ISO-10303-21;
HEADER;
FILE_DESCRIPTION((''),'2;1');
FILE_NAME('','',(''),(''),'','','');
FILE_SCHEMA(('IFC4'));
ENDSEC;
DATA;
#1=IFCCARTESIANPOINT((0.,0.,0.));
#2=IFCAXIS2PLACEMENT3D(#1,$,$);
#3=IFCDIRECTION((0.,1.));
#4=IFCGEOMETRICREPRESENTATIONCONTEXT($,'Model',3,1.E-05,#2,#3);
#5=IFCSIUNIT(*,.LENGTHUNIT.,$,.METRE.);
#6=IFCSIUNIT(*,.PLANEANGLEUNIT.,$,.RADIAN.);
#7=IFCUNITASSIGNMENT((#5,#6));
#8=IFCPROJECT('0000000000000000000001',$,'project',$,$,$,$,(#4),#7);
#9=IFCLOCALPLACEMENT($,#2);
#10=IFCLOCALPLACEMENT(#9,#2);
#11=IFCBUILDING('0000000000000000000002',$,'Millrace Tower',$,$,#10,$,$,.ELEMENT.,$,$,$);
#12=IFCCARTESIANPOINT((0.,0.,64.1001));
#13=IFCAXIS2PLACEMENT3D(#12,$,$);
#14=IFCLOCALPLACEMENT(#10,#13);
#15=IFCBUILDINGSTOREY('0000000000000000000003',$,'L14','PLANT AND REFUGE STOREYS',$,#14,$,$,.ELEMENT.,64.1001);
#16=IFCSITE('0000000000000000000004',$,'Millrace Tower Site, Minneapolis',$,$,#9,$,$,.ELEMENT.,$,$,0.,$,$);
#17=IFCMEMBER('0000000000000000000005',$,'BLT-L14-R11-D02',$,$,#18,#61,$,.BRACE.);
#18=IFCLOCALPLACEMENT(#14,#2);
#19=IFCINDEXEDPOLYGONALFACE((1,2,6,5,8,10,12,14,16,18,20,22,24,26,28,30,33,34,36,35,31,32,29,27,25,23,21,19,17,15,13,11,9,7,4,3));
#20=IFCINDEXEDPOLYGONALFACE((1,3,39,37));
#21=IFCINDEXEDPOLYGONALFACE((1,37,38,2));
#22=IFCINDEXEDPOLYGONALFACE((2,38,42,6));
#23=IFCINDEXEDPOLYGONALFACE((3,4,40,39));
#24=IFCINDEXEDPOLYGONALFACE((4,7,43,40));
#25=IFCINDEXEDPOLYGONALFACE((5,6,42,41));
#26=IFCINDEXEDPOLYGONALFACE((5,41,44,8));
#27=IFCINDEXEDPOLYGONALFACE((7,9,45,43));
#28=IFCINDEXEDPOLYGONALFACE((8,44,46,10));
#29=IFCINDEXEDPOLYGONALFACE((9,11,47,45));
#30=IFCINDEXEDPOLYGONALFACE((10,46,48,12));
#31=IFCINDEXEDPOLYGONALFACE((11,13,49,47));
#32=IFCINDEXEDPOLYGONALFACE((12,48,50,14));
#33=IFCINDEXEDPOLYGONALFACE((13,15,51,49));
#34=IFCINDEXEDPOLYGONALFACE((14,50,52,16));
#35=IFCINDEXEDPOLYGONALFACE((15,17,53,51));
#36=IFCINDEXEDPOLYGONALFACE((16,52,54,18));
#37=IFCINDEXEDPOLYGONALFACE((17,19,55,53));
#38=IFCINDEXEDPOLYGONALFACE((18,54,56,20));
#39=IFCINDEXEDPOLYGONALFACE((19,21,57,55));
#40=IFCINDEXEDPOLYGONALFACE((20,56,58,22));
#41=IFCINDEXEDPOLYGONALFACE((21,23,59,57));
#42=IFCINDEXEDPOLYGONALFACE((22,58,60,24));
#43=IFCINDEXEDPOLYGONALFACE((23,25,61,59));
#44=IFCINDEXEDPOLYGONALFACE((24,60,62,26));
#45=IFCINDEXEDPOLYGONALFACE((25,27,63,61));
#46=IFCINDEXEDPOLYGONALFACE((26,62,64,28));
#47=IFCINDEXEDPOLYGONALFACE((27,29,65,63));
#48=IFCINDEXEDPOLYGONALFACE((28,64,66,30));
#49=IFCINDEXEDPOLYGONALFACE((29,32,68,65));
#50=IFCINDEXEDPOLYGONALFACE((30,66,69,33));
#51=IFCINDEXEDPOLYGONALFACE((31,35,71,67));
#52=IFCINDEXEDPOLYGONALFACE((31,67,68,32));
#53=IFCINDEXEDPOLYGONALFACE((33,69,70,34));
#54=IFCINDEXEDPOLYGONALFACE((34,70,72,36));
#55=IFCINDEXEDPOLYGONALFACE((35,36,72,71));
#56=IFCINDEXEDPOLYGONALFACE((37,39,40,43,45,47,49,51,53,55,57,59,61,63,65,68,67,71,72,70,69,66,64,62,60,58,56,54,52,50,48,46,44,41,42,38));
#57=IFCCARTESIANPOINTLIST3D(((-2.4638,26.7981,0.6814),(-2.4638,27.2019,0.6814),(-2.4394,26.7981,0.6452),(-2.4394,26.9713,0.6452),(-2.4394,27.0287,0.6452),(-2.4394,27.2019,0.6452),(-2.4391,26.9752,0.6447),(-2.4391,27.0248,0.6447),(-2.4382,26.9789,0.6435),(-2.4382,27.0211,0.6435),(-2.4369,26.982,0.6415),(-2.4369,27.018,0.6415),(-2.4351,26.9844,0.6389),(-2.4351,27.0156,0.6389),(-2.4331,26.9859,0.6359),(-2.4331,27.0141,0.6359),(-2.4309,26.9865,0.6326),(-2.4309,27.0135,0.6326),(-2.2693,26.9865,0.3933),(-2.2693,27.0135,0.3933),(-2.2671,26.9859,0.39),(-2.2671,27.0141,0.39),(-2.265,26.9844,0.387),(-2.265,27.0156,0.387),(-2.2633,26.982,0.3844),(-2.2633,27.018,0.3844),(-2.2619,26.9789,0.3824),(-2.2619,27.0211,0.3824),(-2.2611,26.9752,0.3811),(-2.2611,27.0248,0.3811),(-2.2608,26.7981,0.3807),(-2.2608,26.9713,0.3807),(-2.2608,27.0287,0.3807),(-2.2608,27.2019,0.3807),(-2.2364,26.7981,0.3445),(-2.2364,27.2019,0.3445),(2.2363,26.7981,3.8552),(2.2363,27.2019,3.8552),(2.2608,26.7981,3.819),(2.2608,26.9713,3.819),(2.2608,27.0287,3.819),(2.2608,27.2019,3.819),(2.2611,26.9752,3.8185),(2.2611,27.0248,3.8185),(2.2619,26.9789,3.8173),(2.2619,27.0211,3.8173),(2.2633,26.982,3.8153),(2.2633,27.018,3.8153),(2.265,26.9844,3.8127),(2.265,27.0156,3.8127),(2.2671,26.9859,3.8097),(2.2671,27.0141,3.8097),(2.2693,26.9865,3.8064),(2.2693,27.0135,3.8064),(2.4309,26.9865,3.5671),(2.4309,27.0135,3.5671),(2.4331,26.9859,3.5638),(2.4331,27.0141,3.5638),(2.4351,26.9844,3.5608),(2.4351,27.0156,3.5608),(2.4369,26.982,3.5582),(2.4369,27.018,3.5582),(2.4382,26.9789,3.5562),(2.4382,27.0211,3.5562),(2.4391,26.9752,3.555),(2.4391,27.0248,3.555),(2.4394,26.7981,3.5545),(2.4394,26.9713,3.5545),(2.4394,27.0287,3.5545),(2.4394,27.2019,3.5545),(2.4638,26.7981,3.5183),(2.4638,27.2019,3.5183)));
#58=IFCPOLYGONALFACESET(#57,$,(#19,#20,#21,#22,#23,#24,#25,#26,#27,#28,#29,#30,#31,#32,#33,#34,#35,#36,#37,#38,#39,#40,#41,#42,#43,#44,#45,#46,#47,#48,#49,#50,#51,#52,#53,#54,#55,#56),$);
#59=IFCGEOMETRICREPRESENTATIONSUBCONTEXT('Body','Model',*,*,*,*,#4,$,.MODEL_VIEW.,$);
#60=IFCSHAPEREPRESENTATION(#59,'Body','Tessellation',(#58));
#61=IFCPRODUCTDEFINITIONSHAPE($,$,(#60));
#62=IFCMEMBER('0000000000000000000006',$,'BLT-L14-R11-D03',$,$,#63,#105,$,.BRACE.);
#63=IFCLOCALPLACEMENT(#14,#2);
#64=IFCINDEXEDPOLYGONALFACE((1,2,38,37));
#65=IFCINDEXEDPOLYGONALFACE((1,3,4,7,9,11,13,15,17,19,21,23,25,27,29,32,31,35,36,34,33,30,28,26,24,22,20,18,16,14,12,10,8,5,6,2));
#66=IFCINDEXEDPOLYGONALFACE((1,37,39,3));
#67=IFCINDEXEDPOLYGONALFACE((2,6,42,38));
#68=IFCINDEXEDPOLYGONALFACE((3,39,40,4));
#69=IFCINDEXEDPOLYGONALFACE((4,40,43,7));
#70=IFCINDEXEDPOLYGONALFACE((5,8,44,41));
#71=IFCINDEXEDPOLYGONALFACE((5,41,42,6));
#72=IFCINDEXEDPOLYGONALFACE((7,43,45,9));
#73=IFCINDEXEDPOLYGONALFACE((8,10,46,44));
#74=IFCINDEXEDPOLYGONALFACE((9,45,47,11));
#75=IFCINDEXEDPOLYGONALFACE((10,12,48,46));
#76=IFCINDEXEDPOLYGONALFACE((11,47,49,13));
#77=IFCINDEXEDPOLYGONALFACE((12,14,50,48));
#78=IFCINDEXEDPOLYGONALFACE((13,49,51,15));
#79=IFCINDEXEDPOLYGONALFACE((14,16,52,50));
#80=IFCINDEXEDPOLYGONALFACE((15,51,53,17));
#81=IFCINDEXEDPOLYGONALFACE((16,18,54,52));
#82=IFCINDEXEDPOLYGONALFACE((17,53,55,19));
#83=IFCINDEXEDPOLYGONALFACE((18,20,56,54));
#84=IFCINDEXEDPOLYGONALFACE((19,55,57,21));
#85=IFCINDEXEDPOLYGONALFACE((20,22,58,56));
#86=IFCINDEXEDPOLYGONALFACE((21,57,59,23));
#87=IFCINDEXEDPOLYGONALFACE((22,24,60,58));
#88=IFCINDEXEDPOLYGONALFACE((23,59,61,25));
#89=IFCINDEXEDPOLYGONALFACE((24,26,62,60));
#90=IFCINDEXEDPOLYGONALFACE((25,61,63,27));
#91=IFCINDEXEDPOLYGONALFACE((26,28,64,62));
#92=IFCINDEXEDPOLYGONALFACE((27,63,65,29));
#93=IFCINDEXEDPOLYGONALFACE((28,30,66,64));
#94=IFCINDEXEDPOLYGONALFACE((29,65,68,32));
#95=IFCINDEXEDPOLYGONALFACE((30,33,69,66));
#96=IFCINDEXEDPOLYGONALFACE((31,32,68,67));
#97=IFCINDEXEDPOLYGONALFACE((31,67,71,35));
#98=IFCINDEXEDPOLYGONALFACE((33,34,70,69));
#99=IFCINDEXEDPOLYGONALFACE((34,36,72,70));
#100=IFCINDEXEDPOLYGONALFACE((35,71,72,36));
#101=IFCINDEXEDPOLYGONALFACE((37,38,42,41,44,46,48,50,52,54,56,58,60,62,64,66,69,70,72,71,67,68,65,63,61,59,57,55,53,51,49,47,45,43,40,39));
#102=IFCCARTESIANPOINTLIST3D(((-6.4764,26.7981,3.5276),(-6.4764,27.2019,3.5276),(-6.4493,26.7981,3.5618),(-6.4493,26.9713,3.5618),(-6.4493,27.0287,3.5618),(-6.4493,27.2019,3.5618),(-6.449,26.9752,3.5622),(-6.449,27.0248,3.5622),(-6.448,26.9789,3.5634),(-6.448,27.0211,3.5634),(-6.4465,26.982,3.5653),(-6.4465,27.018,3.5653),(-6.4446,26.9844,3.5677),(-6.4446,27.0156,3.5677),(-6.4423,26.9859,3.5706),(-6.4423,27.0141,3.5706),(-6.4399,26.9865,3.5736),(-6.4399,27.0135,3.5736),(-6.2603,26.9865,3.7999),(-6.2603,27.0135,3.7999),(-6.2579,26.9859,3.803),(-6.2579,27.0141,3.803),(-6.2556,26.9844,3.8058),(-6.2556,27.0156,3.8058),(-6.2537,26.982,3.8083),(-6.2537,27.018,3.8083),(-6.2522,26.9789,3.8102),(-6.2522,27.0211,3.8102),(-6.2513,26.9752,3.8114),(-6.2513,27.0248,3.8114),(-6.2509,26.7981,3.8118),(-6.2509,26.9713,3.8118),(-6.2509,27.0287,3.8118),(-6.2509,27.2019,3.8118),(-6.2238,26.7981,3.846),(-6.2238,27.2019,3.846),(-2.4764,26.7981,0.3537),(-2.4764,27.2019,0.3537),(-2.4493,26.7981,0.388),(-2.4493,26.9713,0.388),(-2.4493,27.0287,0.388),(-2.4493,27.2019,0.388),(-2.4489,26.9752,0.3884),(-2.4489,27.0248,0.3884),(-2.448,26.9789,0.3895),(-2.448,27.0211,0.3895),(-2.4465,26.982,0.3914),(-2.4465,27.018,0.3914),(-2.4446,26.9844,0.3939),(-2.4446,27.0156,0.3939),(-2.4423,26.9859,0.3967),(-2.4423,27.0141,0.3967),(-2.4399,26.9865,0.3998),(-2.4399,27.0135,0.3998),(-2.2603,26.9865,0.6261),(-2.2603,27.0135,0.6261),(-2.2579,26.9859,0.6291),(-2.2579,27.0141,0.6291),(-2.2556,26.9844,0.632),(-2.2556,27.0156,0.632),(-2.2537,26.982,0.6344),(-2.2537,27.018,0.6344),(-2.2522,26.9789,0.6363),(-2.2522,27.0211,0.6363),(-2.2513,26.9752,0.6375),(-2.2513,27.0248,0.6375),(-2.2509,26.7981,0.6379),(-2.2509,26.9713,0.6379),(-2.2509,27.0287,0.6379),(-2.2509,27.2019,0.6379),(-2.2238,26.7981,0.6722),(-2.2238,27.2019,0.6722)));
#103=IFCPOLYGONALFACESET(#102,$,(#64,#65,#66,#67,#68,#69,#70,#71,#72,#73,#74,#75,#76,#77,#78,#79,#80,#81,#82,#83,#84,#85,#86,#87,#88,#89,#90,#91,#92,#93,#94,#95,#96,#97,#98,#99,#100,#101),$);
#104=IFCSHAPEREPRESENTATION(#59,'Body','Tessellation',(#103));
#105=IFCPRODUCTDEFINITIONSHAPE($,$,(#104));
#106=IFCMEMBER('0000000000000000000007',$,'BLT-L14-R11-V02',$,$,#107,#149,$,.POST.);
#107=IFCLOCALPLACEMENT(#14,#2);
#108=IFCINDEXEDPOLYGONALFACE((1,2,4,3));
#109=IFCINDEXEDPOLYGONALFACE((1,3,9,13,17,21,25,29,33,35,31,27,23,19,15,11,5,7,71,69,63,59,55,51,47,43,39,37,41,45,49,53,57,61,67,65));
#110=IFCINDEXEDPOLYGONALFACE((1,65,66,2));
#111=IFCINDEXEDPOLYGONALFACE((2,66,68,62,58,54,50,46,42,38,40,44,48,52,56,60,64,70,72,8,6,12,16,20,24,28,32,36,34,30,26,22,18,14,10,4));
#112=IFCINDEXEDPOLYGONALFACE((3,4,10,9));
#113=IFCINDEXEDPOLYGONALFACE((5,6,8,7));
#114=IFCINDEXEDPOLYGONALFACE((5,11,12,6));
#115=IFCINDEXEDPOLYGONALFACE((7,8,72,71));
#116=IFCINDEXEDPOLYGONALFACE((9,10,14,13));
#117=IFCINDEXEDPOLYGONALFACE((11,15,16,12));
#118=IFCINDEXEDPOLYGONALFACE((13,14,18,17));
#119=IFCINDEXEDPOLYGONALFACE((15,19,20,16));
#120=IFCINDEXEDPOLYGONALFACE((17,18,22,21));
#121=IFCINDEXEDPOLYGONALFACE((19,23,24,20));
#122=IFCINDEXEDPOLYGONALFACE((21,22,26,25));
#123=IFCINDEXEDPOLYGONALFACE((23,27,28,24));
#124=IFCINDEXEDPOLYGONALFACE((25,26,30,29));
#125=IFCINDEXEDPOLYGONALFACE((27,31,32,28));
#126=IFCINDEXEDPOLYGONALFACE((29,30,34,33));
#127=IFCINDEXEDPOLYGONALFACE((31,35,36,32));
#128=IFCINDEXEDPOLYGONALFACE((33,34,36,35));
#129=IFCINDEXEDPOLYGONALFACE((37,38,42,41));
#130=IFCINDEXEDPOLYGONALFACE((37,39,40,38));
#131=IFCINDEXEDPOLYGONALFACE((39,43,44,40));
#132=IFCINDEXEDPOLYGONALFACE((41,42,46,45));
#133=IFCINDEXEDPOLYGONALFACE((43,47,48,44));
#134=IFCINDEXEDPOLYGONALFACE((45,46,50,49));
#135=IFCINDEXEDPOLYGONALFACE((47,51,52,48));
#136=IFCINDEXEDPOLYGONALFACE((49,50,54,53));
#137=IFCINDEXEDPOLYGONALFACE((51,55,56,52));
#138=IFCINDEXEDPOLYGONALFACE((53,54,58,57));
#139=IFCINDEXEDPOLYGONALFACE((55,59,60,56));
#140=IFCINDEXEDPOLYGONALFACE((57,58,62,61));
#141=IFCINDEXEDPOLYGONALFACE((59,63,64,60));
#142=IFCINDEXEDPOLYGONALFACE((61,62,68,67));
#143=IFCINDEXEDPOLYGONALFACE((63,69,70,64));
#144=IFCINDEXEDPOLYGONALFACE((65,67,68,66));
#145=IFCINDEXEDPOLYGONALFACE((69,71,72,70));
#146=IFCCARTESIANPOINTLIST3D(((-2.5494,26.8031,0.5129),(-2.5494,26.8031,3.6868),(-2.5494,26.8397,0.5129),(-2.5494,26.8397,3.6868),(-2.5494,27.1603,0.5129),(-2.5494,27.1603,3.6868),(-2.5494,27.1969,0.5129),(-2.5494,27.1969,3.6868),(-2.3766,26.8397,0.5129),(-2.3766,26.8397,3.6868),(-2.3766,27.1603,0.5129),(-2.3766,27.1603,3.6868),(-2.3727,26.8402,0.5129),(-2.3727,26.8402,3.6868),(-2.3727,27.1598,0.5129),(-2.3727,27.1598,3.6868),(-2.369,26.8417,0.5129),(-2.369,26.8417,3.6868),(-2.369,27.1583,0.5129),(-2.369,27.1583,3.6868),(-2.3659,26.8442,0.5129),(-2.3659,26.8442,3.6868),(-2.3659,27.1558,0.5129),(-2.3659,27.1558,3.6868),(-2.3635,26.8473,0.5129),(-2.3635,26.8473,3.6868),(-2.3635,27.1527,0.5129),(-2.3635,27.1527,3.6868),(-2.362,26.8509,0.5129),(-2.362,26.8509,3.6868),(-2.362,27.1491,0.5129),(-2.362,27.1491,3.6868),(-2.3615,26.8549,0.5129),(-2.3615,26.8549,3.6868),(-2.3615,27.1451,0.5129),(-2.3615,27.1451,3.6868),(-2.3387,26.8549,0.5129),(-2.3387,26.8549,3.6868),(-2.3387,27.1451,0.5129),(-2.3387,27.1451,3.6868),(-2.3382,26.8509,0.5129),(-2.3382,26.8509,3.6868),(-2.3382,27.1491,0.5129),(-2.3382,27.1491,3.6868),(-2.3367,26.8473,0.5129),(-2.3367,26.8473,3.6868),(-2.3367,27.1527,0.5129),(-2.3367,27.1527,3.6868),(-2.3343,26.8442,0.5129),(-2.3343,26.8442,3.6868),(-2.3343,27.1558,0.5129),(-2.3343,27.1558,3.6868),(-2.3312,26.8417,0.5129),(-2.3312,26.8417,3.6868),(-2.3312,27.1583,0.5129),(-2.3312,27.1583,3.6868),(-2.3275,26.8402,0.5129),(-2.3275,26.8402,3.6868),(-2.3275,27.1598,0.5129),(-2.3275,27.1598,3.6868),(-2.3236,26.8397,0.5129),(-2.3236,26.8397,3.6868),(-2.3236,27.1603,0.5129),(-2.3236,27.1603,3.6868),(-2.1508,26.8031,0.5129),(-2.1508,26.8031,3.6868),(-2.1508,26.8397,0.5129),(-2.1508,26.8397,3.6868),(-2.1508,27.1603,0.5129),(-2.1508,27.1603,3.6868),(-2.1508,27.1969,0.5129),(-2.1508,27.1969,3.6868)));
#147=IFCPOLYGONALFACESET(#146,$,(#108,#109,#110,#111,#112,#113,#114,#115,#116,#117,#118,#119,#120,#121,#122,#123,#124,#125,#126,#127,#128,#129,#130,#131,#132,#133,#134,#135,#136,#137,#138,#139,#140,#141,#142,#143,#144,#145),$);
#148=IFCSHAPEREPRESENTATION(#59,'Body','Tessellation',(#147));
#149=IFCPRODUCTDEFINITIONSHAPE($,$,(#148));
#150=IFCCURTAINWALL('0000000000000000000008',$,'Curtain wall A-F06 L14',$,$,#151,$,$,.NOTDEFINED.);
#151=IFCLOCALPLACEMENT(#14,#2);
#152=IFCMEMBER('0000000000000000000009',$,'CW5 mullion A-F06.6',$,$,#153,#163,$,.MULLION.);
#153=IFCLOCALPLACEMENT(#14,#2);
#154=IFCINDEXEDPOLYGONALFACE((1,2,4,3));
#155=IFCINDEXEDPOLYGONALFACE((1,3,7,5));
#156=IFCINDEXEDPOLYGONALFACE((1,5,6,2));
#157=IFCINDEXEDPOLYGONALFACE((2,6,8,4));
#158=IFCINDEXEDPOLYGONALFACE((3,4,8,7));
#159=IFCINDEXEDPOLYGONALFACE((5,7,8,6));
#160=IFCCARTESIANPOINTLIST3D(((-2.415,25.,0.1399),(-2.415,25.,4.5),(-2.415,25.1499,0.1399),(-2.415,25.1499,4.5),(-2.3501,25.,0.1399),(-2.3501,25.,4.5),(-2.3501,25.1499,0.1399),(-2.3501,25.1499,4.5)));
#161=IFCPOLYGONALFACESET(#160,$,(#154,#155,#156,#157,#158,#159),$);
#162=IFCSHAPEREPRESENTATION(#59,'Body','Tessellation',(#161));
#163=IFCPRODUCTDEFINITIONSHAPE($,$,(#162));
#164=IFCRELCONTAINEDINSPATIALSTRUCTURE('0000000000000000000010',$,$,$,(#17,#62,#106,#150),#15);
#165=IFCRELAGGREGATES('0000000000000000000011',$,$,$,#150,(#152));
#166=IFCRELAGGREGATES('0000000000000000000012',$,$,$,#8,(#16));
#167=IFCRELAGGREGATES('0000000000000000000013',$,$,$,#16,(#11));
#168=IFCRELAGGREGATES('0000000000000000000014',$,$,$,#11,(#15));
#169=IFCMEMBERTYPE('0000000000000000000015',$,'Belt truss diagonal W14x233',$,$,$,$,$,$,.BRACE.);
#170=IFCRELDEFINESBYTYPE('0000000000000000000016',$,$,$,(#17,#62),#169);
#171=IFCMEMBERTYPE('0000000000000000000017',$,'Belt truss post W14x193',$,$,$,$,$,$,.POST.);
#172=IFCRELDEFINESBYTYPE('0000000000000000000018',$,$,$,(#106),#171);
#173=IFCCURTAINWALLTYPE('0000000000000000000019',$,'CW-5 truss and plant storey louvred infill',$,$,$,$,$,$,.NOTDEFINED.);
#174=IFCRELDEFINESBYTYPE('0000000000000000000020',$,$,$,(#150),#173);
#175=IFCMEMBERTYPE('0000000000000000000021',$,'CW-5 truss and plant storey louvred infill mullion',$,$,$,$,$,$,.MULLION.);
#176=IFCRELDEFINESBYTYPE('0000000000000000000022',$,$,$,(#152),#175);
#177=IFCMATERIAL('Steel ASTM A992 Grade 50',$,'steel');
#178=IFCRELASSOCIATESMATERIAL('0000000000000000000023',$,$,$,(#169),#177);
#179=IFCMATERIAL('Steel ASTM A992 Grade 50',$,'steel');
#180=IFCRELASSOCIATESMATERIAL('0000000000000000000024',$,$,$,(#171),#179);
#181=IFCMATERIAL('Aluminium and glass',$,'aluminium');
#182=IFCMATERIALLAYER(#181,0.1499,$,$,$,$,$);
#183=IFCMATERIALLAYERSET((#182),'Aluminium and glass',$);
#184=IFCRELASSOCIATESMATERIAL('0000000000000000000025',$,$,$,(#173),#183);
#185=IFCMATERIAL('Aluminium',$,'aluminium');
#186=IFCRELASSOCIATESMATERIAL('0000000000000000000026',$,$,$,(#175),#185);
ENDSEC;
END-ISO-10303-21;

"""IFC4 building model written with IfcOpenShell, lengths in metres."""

from ifc_helpers import new_model, si_unit, direction, frame, origin, origin_2d, place, context, subcontext, project, spatial, rectangle, i_section, extrude, material, layer, layer_set, material_profile, profile_set, type_object, element, aggregate, save


model = new_model("IFC4")

# Units and contexts
model_context = context("Model", 3, precision=1e-05, world=origin(), true_north=direction((0.0, 1.0)))
body_context = subcontext(model_context, "Body", "Model", "MODEL_VIEW")
ifc_project = project(units=[si_unit("LENGTHUNIT", "METRE"), si_unit("PLANEANGLEUNIT", "RADIAN")], contexts=[model_context])

# Site, building, storey
site_placement = place(None, origin())
site = spatial("IfcSite", under=ifc_project, at=site_placement, Name="Millrace Tower Site, Minneapolis", CompositionType="ELEMENT", RefElevation=0.0)
building_placement = place(site_placement, origin())
building = spatial("IfcBuilding", under=site, at=building_placement, Name="Millrace Tower", CompositionType="ELEMENT")
storey_placement = place(building_placement, frame((0.0, 0.0, 64.1001)))
storey = spatial("IfcBuildingStorey", under=building, at=storey_placement, Name="L14", Description="PLANT AND REFUGE STOREYS", CompositionType="ELEMENT", Elevation=64.1001)

# Members
ifc_material_1 = material(Name="Steel ASTM A992 Grade 50", Category="steel")
ifc_material_profile_1 = material_profile(ifc_material_1, i_section(OverallWidth=0.4038, OverallDepth=0.4065, WebThickness=0.0271, FlangeThickness=0.0437, FilletRadius=0.0151, at=origin_2d()))
ifc_profile_set_1 = profile_set([ifc_material_profile_1], Name="Steel ASTM A992 Grade 50")
member_type_1 = type_object("IfcMemberType", Name="Belt truss diagonal W14x233", PredefinedType="BRACE", material=ifc_profile_set_1)
member_1_placement = place(storey_placement, frame((-2.3501, 27.0, 0.5129), z_axis=(0.828751, 0.0, 0.559618), x_axis=(0.0, 1.0, 0.0)))
element("IfcMember", 1, at=member_1_placement, inside=storey, type_object=member_type_1, Name="BLT-L14-R11-D02", PredefinedType="BRACE", context=body_context, shape_type="SweptSolid", body=[
    extrude(i_section(OverallWidth=0.4038, OverallDepth=0.4065, WebThickness=0.0271, FlangeThickness=0.0437, FilletRadius=0.0151, at=origin_2d()), origin(), (0.0, 0.0, 1.0), 5.6714),
])
member_2_placement = place(storey_placement, frame((-2.3501, 27.0, 0.5129), z_axis=(-0.783363, 0.0, 0.621565), x_axis=(0.0, -1.0, 0.0)))
element("IfcMember", 2, at=member_2_placement, inside=storey, type_object=member_type_1, Name="BLT-L14-R11-D03", PredefinedType="BRACE", context=body_context, shape_type="SweptSolid", body=[
    extrude(i_section(OverallWidth=0.4038, OverallDepth=0.4065, WebThickness=0.0271, FlangeThickness=0.0437, FilletRadius=0.0151, at=origin_2d()), origin(), (0.0, 0.0, 1.0), 5.1062),
])
ifc_material_2 = material(Name="Steel ASTM A992 Grade 50", Category="steel")
ifc_material_profile_2 = material_profile(ifc_material_2, i_section(OverallWidth=0.3987, OverallDepth=0.3938, WebThickness=0.0227, FlangeThickness=0.0366, FilletRadius=0.0151, at=origin_2d()))
ifc_profile_set_2 = profile_set([ifc_material_profile_2], Name="Steel ASTM A992 Grade 50")
member_type_2 = type_object("IfcMemberType", Name="Belt truss post W14x193", PredefinedType="POST", material=ifc_profile_set_2)
member_3_placement = place(storey_placement, frame((-2.3501, 27.0, 0.5129), z_axis=(0.0, 0.0, 1.0), x_axis=(1.0, 0.0, 0.0)))
element("IfcMember", 3, at=member_3_placement, inside=storey, type_object=member_type_2, Name="BLT-L14-R11-V02", PredefinedType="POST", context=body_context, shape_type="SweptSolid", body=[
    extrude(i_section(OverallWidth=0.3987, OverallDepth=0.3938, WebThickness=0.0227, FlangeThickness=0.0366, FilletRadius=0.0151, at=origin_2d()), origin(), (0.0, 0.0, 1.0), 3.1738),
])

# Curtain wall, member
ifc_material_3 = material(Name="Aluminium and glass", Category="aluminium")
ifc_layer_1 = layer(ifc_material_3, 0.1499)
ifc_layer_set_1 = layer_set([ifc_layer_1], Name="Aluminium and glass")
curtain_wall_type = type_object("IfcCurtainWallType", Name="CW-5 truss and plant storey louvred infill", PredefinedType="NOTDEFINED", material=ifc_layer_set_1)
curtain_wall_placement = place(storey_placement, origin())
curtain_wall = element("IfcCurtainWall", 4, at=curtain_wall_placement, inside=storey, type_object=curtain_wall_type, Name="Curtain wall A-F06 L14", PredefinedType="NOTDEFINED")
ifc_material_4 = material(Name="Aluminium", Category="aluminium")
ifc_material_profile_3 = material_profile(ifc_material_4, rectangle(XDim=0.0649, YDim=0.1499, at=origin_2d()))
ifc_profile_set_3 = profile_set([ifc_material_profile_3], Name="Aluminium")
member_type_3 = type_object("IfcMemberType", Name="CW-5 truss and plant storey louvred infill mullion", PredefinedType="MULLION", material=ifc_profile_set_3)
member_4_placement = place(storey_placement, frame((-2.3826, 25.075, 0.1399), z_axis=(0.0, 0.0, 1.0), x_axis=(-1.0, 0.0, 0.0)))
member_4 = element("IfcMember", 5, at=member_4_placement, type_object=member_type_3, Name="CW5 mullion A-F06.6", PredefinedType="MULLION", context=body_context, shape_type="SweptSolid", body=[
    extrude(rectangle(XDim=0.0649, YDim=0.1499, at=origin_2d()), origin(), (0.0, 0.0, 1.0), 4.3601),
])
aggregate(curtain_wall, [member_4])

save(model, "model.ifc")
